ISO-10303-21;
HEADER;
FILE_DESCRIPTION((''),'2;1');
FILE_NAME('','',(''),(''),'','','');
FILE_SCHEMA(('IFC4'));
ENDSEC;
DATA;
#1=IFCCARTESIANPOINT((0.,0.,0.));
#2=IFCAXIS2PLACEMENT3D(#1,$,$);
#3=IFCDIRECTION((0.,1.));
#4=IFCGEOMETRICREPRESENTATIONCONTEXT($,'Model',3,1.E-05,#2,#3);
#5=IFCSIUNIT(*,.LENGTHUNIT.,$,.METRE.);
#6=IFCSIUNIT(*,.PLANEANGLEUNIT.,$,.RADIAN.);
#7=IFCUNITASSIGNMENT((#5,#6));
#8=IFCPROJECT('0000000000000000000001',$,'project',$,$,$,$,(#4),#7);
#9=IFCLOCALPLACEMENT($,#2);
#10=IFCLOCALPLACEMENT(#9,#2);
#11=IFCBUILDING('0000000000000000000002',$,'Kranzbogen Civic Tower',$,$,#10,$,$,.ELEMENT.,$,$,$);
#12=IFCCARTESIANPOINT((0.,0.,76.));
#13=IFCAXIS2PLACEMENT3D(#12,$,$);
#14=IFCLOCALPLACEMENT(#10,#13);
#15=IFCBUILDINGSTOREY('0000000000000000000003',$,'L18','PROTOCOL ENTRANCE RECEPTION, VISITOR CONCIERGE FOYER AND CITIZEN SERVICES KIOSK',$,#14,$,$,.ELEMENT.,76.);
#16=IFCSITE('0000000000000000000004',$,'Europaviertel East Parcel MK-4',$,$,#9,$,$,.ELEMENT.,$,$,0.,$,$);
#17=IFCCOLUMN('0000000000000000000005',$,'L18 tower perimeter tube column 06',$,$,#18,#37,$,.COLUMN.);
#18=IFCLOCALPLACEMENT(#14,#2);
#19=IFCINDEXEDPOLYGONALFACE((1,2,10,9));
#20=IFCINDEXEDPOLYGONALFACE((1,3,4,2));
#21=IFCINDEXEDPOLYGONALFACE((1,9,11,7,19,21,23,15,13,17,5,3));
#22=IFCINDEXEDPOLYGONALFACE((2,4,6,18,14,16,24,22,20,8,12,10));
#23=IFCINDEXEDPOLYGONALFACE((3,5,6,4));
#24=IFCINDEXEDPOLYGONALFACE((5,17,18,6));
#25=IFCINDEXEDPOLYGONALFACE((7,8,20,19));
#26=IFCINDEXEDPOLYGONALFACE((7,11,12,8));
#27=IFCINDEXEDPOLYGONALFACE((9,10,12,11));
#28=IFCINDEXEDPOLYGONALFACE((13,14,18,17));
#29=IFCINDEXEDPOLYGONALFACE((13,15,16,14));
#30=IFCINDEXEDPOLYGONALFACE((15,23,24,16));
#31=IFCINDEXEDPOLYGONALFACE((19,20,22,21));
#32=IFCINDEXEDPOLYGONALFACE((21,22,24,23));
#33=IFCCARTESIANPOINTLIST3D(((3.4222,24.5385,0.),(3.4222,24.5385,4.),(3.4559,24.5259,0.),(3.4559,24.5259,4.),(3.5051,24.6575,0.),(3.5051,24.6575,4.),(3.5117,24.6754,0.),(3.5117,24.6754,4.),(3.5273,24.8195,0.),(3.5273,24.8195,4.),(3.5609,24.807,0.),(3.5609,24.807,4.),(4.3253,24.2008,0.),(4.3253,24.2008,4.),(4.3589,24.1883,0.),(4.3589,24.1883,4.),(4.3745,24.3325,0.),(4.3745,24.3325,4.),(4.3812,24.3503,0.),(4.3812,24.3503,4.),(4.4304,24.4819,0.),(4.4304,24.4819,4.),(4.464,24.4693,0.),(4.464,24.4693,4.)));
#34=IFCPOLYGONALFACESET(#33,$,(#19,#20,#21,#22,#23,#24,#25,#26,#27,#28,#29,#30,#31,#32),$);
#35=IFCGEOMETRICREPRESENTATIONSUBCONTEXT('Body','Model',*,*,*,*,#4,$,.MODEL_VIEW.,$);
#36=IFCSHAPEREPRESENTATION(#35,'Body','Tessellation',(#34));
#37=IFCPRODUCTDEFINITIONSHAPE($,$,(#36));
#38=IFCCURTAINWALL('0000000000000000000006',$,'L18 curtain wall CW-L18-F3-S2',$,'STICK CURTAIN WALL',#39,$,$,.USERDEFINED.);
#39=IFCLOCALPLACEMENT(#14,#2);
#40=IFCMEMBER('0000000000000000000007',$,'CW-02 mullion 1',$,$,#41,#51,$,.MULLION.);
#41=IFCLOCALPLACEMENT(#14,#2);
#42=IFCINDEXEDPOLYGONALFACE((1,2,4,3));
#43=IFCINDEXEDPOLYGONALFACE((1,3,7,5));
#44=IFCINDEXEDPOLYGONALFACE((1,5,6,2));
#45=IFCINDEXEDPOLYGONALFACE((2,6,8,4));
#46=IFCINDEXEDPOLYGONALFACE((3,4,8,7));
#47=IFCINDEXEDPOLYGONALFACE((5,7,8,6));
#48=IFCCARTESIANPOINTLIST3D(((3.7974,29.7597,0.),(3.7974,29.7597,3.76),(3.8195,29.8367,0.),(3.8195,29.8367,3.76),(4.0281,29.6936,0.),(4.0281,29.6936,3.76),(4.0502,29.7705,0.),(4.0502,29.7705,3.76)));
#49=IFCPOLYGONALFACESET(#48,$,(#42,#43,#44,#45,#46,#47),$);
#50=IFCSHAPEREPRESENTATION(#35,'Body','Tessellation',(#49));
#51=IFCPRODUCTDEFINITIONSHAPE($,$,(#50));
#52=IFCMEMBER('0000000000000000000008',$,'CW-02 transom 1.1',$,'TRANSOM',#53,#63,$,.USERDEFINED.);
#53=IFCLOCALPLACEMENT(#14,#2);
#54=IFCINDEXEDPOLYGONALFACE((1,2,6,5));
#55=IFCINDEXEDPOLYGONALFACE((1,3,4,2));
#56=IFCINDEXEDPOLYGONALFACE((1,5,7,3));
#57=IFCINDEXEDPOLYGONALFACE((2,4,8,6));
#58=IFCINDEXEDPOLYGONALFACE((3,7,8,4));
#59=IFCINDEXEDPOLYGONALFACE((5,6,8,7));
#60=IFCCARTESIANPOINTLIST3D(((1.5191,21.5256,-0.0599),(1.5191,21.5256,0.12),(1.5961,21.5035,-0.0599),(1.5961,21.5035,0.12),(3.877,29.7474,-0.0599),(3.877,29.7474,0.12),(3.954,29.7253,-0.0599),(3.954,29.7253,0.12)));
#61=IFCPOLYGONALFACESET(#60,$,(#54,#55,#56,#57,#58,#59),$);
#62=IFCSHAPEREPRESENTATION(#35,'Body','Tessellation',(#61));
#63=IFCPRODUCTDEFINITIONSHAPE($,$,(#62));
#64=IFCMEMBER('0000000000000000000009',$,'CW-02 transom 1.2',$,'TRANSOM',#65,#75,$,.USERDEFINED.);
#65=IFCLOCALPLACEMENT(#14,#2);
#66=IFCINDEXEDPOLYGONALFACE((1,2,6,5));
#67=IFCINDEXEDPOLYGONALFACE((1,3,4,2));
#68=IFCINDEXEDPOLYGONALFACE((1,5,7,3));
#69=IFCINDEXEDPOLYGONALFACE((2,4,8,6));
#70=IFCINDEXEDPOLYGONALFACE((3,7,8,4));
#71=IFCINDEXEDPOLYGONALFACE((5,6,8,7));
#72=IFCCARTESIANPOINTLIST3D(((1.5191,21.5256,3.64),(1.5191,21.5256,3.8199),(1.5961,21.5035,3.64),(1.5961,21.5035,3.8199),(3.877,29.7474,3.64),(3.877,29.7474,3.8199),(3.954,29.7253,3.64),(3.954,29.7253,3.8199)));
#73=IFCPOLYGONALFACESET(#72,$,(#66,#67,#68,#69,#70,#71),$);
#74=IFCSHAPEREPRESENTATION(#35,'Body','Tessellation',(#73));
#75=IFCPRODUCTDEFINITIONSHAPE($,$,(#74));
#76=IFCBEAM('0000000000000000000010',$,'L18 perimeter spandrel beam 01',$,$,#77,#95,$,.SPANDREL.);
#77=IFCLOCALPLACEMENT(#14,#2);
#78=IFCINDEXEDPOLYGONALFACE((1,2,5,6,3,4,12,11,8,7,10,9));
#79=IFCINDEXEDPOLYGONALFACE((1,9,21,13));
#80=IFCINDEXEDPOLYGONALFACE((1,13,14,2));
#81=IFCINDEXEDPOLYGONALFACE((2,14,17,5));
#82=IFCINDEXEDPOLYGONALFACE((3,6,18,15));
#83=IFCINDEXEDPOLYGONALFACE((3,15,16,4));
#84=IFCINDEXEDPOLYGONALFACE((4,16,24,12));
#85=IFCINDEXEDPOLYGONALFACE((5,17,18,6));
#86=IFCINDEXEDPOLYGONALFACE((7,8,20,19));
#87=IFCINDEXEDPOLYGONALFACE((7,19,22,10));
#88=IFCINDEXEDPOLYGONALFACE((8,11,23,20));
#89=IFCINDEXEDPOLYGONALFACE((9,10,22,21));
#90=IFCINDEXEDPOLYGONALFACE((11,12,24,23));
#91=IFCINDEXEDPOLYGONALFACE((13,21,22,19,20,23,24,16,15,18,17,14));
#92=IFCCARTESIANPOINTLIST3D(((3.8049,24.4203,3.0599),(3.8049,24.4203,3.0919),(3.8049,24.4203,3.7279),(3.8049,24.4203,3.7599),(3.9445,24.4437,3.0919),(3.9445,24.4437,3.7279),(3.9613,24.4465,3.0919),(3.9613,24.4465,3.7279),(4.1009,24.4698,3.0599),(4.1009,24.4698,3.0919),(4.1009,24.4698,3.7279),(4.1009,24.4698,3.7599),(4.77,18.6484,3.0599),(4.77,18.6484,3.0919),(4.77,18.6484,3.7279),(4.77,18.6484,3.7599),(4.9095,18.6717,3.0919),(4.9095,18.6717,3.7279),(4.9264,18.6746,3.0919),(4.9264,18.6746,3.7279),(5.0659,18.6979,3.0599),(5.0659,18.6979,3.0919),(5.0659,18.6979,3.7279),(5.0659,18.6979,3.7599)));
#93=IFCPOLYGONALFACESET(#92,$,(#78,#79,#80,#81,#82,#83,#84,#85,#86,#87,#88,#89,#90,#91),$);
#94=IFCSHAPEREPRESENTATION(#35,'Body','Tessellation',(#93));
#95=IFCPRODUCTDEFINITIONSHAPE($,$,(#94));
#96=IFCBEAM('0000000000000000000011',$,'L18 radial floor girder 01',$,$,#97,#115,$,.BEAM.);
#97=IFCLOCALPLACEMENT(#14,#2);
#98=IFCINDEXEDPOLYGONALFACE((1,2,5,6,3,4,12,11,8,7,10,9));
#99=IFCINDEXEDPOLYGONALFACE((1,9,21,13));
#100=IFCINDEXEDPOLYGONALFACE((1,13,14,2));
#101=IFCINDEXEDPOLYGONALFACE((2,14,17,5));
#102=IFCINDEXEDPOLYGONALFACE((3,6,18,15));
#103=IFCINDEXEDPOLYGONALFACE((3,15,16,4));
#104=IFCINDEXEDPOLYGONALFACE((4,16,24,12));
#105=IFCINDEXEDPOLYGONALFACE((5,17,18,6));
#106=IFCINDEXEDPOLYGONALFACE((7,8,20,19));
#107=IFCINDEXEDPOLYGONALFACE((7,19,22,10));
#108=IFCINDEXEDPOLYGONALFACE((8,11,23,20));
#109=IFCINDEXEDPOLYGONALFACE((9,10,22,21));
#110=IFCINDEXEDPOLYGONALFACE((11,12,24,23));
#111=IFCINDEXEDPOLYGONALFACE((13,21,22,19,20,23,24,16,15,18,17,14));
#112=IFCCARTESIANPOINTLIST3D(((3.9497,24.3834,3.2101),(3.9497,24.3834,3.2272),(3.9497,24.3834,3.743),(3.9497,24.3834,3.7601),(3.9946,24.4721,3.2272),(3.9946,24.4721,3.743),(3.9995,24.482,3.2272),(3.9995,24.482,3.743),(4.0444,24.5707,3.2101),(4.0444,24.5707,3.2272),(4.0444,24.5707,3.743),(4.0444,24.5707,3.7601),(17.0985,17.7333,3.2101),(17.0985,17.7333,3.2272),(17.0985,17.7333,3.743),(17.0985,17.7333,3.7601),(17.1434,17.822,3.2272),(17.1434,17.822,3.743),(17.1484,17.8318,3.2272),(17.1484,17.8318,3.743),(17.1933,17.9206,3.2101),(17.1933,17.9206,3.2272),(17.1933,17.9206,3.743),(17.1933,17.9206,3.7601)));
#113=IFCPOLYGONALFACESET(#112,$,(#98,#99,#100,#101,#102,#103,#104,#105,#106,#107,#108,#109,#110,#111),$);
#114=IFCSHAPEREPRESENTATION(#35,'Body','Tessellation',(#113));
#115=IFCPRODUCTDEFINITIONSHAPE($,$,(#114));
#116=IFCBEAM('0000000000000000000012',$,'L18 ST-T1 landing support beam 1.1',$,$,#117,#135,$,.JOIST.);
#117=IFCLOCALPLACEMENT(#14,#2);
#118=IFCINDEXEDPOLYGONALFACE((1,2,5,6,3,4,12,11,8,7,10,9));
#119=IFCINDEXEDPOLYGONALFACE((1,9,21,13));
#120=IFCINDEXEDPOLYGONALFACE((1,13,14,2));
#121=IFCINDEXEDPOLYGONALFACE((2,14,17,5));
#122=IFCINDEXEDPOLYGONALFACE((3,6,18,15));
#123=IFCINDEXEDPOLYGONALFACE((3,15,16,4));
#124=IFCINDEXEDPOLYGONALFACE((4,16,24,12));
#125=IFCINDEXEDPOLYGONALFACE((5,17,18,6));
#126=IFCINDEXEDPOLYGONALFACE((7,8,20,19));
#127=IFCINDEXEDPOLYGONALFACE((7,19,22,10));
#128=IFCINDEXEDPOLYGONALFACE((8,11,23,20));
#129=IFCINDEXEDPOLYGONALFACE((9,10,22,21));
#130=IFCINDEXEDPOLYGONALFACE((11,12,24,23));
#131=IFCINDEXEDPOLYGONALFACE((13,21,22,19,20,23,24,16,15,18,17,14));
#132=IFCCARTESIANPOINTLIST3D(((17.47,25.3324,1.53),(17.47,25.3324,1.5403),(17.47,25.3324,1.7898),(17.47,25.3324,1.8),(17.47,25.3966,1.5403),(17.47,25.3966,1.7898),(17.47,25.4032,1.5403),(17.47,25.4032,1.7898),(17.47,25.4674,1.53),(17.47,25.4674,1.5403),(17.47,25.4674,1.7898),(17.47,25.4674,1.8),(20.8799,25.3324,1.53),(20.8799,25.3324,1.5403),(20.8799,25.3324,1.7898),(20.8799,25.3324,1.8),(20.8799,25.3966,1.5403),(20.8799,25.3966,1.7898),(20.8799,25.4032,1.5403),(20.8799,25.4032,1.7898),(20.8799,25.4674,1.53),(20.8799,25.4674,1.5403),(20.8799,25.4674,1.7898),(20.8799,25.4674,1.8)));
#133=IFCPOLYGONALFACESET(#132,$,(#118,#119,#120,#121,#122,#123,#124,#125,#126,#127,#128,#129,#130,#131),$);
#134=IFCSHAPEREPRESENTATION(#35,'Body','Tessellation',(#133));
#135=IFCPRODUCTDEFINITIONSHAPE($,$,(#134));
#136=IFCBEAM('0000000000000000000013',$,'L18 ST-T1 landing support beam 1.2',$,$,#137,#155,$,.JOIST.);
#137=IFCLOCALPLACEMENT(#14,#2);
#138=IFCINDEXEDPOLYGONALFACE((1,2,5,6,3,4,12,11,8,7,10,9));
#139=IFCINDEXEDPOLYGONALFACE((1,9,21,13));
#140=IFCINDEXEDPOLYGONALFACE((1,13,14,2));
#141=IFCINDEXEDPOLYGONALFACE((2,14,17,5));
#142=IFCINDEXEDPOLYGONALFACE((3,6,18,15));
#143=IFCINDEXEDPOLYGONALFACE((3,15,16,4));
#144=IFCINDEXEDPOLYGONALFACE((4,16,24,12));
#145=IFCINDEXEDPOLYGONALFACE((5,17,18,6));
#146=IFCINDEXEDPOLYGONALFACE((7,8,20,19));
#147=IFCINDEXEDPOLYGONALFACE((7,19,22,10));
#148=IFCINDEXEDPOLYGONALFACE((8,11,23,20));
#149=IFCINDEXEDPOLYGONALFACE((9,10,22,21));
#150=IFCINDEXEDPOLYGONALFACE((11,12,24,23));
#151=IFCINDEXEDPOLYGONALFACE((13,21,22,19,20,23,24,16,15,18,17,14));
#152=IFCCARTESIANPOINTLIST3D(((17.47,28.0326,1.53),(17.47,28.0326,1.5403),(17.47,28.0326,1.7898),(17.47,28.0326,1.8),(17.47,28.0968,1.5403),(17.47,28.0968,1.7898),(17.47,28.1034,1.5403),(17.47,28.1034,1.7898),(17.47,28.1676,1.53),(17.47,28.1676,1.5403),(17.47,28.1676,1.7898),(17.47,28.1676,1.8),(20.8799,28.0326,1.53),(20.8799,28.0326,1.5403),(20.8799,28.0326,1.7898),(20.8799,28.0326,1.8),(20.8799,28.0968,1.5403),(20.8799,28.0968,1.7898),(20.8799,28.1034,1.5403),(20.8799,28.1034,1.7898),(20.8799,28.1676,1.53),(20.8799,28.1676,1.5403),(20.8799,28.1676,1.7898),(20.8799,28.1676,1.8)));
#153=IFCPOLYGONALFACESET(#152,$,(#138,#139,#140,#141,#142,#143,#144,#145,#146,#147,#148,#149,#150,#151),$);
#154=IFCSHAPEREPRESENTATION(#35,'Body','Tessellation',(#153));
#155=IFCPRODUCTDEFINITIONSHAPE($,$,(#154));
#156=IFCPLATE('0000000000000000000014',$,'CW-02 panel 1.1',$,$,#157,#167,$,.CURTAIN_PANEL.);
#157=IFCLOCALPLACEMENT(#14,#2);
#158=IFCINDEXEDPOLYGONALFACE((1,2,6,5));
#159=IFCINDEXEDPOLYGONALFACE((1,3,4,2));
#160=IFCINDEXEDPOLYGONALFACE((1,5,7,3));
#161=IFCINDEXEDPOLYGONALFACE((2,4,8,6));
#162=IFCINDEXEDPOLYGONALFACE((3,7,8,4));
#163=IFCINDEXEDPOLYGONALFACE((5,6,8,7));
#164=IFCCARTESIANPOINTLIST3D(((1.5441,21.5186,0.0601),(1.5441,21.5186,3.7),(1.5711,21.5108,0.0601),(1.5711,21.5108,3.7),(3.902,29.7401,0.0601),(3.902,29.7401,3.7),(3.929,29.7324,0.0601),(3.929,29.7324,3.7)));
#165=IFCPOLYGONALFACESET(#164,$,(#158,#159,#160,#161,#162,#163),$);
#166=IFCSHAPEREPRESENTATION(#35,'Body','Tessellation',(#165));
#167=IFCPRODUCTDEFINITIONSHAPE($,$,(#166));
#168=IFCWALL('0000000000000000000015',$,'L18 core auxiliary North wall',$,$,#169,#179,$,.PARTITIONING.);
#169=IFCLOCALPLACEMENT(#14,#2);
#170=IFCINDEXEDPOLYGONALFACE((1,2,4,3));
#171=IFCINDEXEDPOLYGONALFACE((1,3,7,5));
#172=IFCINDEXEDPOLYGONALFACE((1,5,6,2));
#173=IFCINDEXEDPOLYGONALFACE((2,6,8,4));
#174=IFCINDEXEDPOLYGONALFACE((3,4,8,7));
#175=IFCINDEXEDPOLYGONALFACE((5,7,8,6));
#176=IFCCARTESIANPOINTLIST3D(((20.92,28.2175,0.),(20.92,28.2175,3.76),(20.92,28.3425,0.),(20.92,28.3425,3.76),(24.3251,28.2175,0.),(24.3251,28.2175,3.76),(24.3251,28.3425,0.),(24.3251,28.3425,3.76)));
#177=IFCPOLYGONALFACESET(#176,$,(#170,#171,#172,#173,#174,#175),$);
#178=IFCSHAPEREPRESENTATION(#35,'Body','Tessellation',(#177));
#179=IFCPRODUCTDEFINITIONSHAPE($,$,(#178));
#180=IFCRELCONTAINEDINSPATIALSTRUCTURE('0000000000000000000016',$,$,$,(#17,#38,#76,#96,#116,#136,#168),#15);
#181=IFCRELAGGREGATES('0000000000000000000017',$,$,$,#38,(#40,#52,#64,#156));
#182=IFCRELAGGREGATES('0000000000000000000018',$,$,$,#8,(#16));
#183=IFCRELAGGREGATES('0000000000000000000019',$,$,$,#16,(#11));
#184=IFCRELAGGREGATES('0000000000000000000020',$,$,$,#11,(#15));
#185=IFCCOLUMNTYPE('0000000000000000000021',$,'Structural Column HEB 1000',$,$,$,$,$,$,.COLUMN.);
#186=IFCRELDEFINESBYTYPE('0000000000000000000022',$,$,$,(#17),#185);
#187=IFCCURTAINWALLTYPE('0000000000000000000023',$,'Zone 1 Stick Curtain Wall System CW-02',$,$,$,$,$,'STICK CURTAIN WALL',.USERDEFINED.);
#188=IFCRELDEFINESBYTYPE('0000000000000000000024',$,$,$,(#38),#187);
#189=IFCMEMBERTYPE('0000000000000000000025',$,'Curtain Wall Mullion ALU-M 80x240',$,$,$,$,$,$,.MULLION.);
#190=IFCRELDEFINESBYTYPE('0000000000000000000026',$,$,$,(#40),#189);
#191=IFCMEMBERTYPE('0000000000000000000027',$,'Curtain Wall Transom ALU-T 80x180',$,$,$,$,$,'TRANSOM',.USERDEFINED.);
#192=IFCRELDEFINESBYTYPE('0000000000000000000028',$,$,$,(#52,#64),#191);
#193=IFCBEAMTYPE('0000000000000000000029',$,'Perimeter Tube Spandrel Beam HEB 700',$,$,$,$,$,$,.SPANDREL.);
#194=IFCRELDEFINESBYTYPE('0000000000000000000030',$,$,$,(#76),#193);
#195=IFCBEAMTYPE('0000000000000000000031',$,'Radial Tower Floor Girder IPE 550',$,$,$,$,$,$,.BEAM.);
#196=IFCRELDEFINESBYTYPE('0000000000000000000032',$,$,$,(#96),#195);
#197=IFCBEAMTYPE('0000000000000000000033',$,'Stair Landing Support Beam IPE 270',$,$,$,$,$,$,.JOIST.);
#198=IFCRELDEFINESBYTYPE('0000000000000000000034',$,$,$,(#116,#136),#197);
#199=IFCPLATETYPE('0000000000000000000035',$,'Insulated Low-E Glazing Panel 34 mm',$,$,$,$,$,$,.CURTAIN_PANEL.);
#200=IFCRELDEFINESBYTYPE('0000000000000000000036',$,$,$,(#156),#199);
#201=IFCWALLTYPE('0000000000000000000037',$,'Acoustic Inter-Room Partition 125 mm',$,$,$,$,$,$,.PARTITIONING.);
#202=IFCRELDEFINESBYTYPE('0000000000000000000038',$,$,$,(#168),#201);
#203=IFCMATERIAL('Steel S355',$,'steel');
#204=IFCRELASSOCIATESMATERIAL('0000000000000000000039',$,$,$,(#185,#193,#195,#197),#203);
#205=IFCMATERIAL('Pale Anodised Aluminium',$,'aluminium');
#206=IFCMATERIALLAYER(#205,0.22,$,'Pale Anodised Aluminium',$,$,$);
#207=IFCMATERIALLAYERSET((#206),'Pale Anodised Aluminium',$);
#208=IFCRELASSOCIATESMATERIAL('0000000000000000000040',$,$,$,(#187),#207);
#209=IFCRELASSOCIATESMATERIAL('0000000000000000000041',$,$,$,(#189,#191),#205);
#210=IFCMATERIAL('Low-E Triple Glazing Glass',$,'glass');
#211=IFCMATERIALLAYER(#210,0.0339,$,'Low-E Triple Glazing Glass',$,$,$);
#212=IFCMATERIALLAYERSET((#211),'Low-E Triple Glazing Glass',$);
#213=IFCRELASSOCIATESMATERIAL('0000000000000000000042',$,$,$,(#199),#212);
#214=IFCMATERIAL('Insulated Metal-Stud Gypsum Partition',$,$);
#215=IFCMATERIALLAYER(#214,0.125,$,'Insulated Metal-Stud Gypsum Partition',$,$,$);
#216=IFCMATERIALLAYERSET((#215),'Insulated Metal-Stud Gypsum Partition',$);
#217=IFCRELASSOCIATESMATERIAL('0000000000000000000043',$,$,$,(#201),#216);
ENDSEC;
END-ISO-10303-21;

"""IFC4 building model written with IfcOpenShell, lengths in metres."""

from ifc_helpers import new_model, si_unit, direction, frame, frame_2d, origin, origin_2d, place, context, subcontext, project, spatial, rectangle, i_section, extrude, material, layer, layer_set, material_profile, profile_set, type_object, element, aggregate, save


model = new_model("IFC4")

# Units and contexts
model_context = context("Model", 3, precision=1e-05, world=origin(), true_north=direction((0.0, 1.0)))
body_context = subcontext(model_context, "Body", "Model", "MODEL_VIEW")
ifc_project = project(units=[si_unit("LENGTHUNIT", "METRE"), si_unit("PLANEANGLEUNIT", "RADIAN")], contexts=[model_context])

# Site, building, storey
site_placement = place(None, origin())
site = spatial("IfcSite", under=ifc_project, at=site_placement, Name="Europaviertel East Parcel MK-4", CompositionType="ELEMENT", RefElevation=0.0)
building_placement = place(site_placement, origin())
building = spatial("IfcBuilding", under=site, at=building_placement, Name="Kranzbogen Civic Tower", CompositionType="ELEMENT")
storey_placement = place(building_placement, frame((0.0, 0.0, 76.0)))
storey = spatial("IfcBuildingStorey", under=building, at=storey_placement, Name="L18", Description="PROTOCOL ENTRANCE RECEPTION, VISITOR CONCIERGE FOYER AND CITIZEN SERVICES KIOSK", CompositionType="ELEMENT", Elevation=76.0)

# Column
ifc_material_1 = material(Name="Steel S355", Category="steel")
ifc_material_profile_1 = material_profile(ifc_material_1, i_section(OverallWidth=0.3, OverallDepth=1.0, WebThickness=0.019, FlangeThickness=0.0359, at=origin_2d()), Name="HEB 1000")
ifc_profile_set_1 = profile_set([ifc_material_profile_1], Name="Steel S355")
column_type = type_object("IfcColumnType", Name="Structural Column HEB 1000", PredefinedType="COLUMN", material=ifc_profile_set_1)
column_placement = place(storey_placement, frame((3.9431, 24.5039, 0.0), z_axis=(0.0, 0.0, 1.0), x_axis=(0.350207, 0.936672, 0.0)))
element("IfcColumn", 1, at=column_placement, inside=storey, type_object=column_type, Name="L18 tower perimeter tube column 06", PredefinedType="COLUMN", context=body_context, shape_type="SweptSolid", body=[
    extrude(i_section(OverallWidth=0.3, OverallDepth=1.0, WebThickness=0.019, FlangeThickness=0.0359, at=origin_2d()), origin(), (0.0, 0.0, 1.0), 4.0),
])

# Curtain wall, members
ifc_material_2 = material(Name="Pale Anodised Aluminium", Category="aluminium")
ifc_layer_1 = layer(ifc_material_2, 0.22, Name="Pale Anodised Aluminium")
ifc_layer_set_1 = layer_set([ifc_layer_1], Name="Pale Anodised Aluminium")
curtain_wall_type = type_object("IfcCurtainWallType", Name="Zone 1 Stick Curtain Wall System CW-02", ElementType="STICK CURTAIN WALL", PredefinedType="USERDEFINED", material=ifc_layer_set_1)
curtain_wall_placement = place(storey_placement, origin())
curtain_wall = element("IfcCurtainWall", 2, at=curtain_wall_placement, inside=storey, type_object=curtain_wall_type, Name="L18 curtain wall CW-L18-F3-S2", ObjectType="STICK CURTAIN WALL", PredefinedType="USERDEFINED")
ifc_material_profile_2 = material_profile(ifc_material_2, rectangle(XDim=0.0801, YDim=0.24, at=origin_2d()), Name="ALU-M 80x240")
ifc_profile_set_2 = profile_set([ifc_material_profile_2], Name="Pale Anodised Aluminium")
member_type_1 = type_object("IfcMemberType", Name="Curtain Wall Mullion ALU-M 80x240", PredefinedType="MULLION", material=ifc_profile_set_2)
member_1_placement = place(storey_placement, frame((3.9238, 29.7651, 0.0), z_axis=(0.0, 0.0, 1.0), x_axis=(-0.27568, -0.961249, 0.0)))
member_1 = element("IfcMember", 3, at=member_1_placement, type_object=member_type_1, Name="CW-02 mullion 1", PredefinedType="MULLION", context=body_context, shape_type="SweptSolid", body=[
    extrude(rectangle(XDim=0.0801, YDim=0.24, at=origin_2d()), origin(), (0.0, 0.0, 1.0), 3.76),
])
ifc_material_profile_3 = material_profile(ifc_material_2, rectangle(XDim=0.0801, YDim=0.1799, at=origin_2d()), Name="ALU-T 80x180")
ifc_profile_set_3 = profile_set([ifc_material_profile_3], Name="Pale Anodised Aluminium")
member_type_2 = type_object("IfcMemberType", Name="Curtain Wall Transom ALU-T 80x180", ElementType="TRANSOM", PredefinedType="USERDEFINED", material=ifc_profile_set_3)
member_2_placement = place(storey_placement, frame((3.9155, 29.7363, 0.03), z_axis=(-0.275679, -0.96125, 0.0), x_axis=(0.96125, -0.275679, 0.0)))
member_2 = element("IfcMember", 4, at=member_2_placement, type_object=member_type_2, Name="CW-02 transom 1.1", ObjectType="TRANSOM", PredefinedType="USERDEFINED", context=body_context, shape_type="SweptSolid", body=[
    extrude(rectangle(XDim=0.0801, YDim=0.1799, at=origin_2d()), origin(), (0.0, 0.0, 1.0), 8.5532),
])
member_3_placement = place(storey_placement, frame((3.9155, 29.7363, 3.73), z_axis=(-0.275679, -0.96125, 0.0), x_axis=(0.96125, -0.275679, 0.0)))
member_3 = element("IfcMember", 5, at=member_3_placement, type_object=member_type_2, Name="CW-02 transom 1.2", ObjectType="TRANSOM", PredefinedType="USERDEFINED", context=body_context, shape_type="SweptSolid", body=[
    extrude(rectangle(XDim=0.0801, YDim=0.1799, at=origin_2d()), origin(), (0.0, 0.0, 1.0), 8.5532),
])

# Beams
ifc_material_profile_4 = material_profile(ifc_material_1, i_section(OverallWidth=0.3, OverallDepth=0.7, WebThickness=0.0171, FlangeThickness=0.032, at=origin_2d()), Name="HEB 700")
ifc_profile_set_4 = profile_set([ifc_material_profile_4], Name="Steel S355")
beam_type_1 = type_object("IfcBeamType", Name="Perimeter Tube Spandrel Beam HEB 700", PredefinedType="SPANDREL", material=ifc_profile_set_4)
beam_1_placement = place(storey_placement, frame((3.9529, 24.4451, 3.4099), z_axis=(0.164913, -0.986308, 0.0), x_axis=(0.986308, 0.164913, 0.0)))
element("IfcBeam", 6, at=beam_1_placement, inside=storey, type_object=beam_type_1, Name="L18 perimeter spandrel beam 01", PredefinedType="SPANDREL", context=body_context, shape_type="SweptSolid", body=[
    extrude(i_section(OverallWidth=0.3, OverallDepth=0.7, WebThickness=0.0171, FlangeThickness=0.032, at=origin_2d()), origin(), (0.0, 0.0, 1.0), 5.8521),
])
ifc_material_profile_5 = material_profile(ifc_material_1, i_section(OverallWidth=0.21, OverallDepth=0.55, WebThickness=0.011, FlangeThickness=0.0171, at=origin_2d()), Name="IPE 550")
ifc_profile_set_5 = profile_set([ifc_material_profile_5], Name="Steel S355")
beam_type_2 = type_object("IfcBeamType", Name="Radial Tower Floor Girder IPE 550", PredefinedType="BEAM", material=ifc_profile_set_5)
beam_2_placement = place(storey_placement, frame((3.9971, 24.4771, 3.4851), z_axis=(0.892363, -0.451318, 0.0), x_axis=(0.451318, 0.892363, 0.0)))
element("IfcBeam", 7, at=beam_2_placement, inside=storey, type_object=beam_type_2, Name="L18 radial floor girder 01", PredefinedType="BEAM", context=body_context, shape_type="SweptSolid", body=[
    extrude(i_section(OverallWidth=0.21, OverallDepth=0.55, WebThickness=0.011, FlangeThickness=0.0171, at=origin_2d()), origin(), (0.0, 0.0, 1.0), 14.7349),
])
ifc_material_profile_6 = material_profile(ifc_material_1, i_section(OverallWidth=0.135, OverallDepth=0.27, WebThickness=0.0066, FlangeThickness=0.0103, at=origin_2d()), Name="IPE 270")
ifc_profile_set_6 = profile_set([ifc_material_profile_6], Name="Steel S355")
beam_type_3 = type_object("IfcBeamType", Name="Stair Landing Support Beam IPE 270", PredefinedType="JOIST", material=ifc_profile_set_6)
for number, where, z_axis, x_axis, name in (
    (8, (20.8799, 25.3999, 1.665), (-1.0, 0.0, 0.0), (0.0, -1.0, 0.0), "L18 ST-T1 landing support beam 1.1"),
    (9, (20.8799, 28.1001, 1.665), (-1.0, 0.0, 0.0), (0.0, -1.0, 0.0), "L18 ST-T1 landing support beam 1.2"),
):
    element("IfcBeam", number, at=place(storey_placement, frame(where, z_axis=z_axis, x_axis=x_axis)), inside=storey, type_object=beam_type_3, Name=name, PredefinedType="JOIST", context=body_context, shape_type="SweptSolid", body=[
        extrude(i_section(OverallWidth=0.135, OverallDepth=0.27, WebThickness=0.0066, FlangeThickness=0.0103, at=origin_2d()), origin(), (0.0, 0.0, 1.0), 3.4099),
    ])

# Plate
ifc_material_3 = material(Name="Low-E Triple Glazing Glass", Category="glass")
ifc_layer_2 = layer(ifc_material_3, 0.0339, Name="Low-E Triple Glazing Glass")
ifc_layer_set_2 = layer_set([ifc_layer_2], Name="Low-E Triple Glazing Glass")
plate_type = type_object("IfcPlateType", Name="Insulated Low-E Glazing Panel 34 mm", PredefinedType="CURTAIN_PANEL", material=ifc_layer_set_2)
plate_placement = place(storey_placement, frame((2.7366, 25.6255, 0.0601), z_axis=(0.0, 0.0, 1.0), x_axis=(-0.27568, -0.961249, 0.0)))
plate = element("IfcPlate", 10, at=plate_placement, type_object=plate_type, Name="CW-02 panel 1.1", PredefinedType="CURTAIN_PANEL", context=body_context, shape_type="SweptSolid", body=[
    extrude(rectangle(XDim=8.553, YDim=0.0281, at=origin_2d()), origin(), (0.0, 0.0, 1.0), 3.6399),
])
aggregate(curtain_wall, [member_1, member_2, member_3, plate])

# Wall
ifc_material_4 = material(Name="Insulated Metal-Stud Gypsum Partition")
ifc_layer_3 = layer(ifc_material_4, 0.125, Name="Insulated Metal-Stud Gypsum Partition")
ifc_layer_set_3 = layer_set([ifc_layer_3], Name="Insulated Metal-Stud Gypsum Partition")
wall_type_1 = type_object("IfcWallType", Name="Acoustic Inter-Room Partition 125 mm", PredefinedType="PARTITIONING", material=ifc_layer_set_3)
wall_1_placement = place(storey_placement, frame((20.9199, 28.28, 0.0), z_axis=(0.0, 0.0, 1.0), x_axis=(1.0, 0.0, 0.0)))
element("IfcWall", 11, at=wall_1_placement, inside=storey, type_object=wall_type_1, Name="L18 core auxiliary North wall", PredefinedType="PARTITIONING", context=body_context, shape_type="SweptSolid", body=[
    extrude(rectangle(XDim=3.405, YDim=0.125, at=frame_2d((1.7026, 0.0))), origin(), (0.0, 0.0, 1.0), 3.76),
])

save(model, "model.ifc")
